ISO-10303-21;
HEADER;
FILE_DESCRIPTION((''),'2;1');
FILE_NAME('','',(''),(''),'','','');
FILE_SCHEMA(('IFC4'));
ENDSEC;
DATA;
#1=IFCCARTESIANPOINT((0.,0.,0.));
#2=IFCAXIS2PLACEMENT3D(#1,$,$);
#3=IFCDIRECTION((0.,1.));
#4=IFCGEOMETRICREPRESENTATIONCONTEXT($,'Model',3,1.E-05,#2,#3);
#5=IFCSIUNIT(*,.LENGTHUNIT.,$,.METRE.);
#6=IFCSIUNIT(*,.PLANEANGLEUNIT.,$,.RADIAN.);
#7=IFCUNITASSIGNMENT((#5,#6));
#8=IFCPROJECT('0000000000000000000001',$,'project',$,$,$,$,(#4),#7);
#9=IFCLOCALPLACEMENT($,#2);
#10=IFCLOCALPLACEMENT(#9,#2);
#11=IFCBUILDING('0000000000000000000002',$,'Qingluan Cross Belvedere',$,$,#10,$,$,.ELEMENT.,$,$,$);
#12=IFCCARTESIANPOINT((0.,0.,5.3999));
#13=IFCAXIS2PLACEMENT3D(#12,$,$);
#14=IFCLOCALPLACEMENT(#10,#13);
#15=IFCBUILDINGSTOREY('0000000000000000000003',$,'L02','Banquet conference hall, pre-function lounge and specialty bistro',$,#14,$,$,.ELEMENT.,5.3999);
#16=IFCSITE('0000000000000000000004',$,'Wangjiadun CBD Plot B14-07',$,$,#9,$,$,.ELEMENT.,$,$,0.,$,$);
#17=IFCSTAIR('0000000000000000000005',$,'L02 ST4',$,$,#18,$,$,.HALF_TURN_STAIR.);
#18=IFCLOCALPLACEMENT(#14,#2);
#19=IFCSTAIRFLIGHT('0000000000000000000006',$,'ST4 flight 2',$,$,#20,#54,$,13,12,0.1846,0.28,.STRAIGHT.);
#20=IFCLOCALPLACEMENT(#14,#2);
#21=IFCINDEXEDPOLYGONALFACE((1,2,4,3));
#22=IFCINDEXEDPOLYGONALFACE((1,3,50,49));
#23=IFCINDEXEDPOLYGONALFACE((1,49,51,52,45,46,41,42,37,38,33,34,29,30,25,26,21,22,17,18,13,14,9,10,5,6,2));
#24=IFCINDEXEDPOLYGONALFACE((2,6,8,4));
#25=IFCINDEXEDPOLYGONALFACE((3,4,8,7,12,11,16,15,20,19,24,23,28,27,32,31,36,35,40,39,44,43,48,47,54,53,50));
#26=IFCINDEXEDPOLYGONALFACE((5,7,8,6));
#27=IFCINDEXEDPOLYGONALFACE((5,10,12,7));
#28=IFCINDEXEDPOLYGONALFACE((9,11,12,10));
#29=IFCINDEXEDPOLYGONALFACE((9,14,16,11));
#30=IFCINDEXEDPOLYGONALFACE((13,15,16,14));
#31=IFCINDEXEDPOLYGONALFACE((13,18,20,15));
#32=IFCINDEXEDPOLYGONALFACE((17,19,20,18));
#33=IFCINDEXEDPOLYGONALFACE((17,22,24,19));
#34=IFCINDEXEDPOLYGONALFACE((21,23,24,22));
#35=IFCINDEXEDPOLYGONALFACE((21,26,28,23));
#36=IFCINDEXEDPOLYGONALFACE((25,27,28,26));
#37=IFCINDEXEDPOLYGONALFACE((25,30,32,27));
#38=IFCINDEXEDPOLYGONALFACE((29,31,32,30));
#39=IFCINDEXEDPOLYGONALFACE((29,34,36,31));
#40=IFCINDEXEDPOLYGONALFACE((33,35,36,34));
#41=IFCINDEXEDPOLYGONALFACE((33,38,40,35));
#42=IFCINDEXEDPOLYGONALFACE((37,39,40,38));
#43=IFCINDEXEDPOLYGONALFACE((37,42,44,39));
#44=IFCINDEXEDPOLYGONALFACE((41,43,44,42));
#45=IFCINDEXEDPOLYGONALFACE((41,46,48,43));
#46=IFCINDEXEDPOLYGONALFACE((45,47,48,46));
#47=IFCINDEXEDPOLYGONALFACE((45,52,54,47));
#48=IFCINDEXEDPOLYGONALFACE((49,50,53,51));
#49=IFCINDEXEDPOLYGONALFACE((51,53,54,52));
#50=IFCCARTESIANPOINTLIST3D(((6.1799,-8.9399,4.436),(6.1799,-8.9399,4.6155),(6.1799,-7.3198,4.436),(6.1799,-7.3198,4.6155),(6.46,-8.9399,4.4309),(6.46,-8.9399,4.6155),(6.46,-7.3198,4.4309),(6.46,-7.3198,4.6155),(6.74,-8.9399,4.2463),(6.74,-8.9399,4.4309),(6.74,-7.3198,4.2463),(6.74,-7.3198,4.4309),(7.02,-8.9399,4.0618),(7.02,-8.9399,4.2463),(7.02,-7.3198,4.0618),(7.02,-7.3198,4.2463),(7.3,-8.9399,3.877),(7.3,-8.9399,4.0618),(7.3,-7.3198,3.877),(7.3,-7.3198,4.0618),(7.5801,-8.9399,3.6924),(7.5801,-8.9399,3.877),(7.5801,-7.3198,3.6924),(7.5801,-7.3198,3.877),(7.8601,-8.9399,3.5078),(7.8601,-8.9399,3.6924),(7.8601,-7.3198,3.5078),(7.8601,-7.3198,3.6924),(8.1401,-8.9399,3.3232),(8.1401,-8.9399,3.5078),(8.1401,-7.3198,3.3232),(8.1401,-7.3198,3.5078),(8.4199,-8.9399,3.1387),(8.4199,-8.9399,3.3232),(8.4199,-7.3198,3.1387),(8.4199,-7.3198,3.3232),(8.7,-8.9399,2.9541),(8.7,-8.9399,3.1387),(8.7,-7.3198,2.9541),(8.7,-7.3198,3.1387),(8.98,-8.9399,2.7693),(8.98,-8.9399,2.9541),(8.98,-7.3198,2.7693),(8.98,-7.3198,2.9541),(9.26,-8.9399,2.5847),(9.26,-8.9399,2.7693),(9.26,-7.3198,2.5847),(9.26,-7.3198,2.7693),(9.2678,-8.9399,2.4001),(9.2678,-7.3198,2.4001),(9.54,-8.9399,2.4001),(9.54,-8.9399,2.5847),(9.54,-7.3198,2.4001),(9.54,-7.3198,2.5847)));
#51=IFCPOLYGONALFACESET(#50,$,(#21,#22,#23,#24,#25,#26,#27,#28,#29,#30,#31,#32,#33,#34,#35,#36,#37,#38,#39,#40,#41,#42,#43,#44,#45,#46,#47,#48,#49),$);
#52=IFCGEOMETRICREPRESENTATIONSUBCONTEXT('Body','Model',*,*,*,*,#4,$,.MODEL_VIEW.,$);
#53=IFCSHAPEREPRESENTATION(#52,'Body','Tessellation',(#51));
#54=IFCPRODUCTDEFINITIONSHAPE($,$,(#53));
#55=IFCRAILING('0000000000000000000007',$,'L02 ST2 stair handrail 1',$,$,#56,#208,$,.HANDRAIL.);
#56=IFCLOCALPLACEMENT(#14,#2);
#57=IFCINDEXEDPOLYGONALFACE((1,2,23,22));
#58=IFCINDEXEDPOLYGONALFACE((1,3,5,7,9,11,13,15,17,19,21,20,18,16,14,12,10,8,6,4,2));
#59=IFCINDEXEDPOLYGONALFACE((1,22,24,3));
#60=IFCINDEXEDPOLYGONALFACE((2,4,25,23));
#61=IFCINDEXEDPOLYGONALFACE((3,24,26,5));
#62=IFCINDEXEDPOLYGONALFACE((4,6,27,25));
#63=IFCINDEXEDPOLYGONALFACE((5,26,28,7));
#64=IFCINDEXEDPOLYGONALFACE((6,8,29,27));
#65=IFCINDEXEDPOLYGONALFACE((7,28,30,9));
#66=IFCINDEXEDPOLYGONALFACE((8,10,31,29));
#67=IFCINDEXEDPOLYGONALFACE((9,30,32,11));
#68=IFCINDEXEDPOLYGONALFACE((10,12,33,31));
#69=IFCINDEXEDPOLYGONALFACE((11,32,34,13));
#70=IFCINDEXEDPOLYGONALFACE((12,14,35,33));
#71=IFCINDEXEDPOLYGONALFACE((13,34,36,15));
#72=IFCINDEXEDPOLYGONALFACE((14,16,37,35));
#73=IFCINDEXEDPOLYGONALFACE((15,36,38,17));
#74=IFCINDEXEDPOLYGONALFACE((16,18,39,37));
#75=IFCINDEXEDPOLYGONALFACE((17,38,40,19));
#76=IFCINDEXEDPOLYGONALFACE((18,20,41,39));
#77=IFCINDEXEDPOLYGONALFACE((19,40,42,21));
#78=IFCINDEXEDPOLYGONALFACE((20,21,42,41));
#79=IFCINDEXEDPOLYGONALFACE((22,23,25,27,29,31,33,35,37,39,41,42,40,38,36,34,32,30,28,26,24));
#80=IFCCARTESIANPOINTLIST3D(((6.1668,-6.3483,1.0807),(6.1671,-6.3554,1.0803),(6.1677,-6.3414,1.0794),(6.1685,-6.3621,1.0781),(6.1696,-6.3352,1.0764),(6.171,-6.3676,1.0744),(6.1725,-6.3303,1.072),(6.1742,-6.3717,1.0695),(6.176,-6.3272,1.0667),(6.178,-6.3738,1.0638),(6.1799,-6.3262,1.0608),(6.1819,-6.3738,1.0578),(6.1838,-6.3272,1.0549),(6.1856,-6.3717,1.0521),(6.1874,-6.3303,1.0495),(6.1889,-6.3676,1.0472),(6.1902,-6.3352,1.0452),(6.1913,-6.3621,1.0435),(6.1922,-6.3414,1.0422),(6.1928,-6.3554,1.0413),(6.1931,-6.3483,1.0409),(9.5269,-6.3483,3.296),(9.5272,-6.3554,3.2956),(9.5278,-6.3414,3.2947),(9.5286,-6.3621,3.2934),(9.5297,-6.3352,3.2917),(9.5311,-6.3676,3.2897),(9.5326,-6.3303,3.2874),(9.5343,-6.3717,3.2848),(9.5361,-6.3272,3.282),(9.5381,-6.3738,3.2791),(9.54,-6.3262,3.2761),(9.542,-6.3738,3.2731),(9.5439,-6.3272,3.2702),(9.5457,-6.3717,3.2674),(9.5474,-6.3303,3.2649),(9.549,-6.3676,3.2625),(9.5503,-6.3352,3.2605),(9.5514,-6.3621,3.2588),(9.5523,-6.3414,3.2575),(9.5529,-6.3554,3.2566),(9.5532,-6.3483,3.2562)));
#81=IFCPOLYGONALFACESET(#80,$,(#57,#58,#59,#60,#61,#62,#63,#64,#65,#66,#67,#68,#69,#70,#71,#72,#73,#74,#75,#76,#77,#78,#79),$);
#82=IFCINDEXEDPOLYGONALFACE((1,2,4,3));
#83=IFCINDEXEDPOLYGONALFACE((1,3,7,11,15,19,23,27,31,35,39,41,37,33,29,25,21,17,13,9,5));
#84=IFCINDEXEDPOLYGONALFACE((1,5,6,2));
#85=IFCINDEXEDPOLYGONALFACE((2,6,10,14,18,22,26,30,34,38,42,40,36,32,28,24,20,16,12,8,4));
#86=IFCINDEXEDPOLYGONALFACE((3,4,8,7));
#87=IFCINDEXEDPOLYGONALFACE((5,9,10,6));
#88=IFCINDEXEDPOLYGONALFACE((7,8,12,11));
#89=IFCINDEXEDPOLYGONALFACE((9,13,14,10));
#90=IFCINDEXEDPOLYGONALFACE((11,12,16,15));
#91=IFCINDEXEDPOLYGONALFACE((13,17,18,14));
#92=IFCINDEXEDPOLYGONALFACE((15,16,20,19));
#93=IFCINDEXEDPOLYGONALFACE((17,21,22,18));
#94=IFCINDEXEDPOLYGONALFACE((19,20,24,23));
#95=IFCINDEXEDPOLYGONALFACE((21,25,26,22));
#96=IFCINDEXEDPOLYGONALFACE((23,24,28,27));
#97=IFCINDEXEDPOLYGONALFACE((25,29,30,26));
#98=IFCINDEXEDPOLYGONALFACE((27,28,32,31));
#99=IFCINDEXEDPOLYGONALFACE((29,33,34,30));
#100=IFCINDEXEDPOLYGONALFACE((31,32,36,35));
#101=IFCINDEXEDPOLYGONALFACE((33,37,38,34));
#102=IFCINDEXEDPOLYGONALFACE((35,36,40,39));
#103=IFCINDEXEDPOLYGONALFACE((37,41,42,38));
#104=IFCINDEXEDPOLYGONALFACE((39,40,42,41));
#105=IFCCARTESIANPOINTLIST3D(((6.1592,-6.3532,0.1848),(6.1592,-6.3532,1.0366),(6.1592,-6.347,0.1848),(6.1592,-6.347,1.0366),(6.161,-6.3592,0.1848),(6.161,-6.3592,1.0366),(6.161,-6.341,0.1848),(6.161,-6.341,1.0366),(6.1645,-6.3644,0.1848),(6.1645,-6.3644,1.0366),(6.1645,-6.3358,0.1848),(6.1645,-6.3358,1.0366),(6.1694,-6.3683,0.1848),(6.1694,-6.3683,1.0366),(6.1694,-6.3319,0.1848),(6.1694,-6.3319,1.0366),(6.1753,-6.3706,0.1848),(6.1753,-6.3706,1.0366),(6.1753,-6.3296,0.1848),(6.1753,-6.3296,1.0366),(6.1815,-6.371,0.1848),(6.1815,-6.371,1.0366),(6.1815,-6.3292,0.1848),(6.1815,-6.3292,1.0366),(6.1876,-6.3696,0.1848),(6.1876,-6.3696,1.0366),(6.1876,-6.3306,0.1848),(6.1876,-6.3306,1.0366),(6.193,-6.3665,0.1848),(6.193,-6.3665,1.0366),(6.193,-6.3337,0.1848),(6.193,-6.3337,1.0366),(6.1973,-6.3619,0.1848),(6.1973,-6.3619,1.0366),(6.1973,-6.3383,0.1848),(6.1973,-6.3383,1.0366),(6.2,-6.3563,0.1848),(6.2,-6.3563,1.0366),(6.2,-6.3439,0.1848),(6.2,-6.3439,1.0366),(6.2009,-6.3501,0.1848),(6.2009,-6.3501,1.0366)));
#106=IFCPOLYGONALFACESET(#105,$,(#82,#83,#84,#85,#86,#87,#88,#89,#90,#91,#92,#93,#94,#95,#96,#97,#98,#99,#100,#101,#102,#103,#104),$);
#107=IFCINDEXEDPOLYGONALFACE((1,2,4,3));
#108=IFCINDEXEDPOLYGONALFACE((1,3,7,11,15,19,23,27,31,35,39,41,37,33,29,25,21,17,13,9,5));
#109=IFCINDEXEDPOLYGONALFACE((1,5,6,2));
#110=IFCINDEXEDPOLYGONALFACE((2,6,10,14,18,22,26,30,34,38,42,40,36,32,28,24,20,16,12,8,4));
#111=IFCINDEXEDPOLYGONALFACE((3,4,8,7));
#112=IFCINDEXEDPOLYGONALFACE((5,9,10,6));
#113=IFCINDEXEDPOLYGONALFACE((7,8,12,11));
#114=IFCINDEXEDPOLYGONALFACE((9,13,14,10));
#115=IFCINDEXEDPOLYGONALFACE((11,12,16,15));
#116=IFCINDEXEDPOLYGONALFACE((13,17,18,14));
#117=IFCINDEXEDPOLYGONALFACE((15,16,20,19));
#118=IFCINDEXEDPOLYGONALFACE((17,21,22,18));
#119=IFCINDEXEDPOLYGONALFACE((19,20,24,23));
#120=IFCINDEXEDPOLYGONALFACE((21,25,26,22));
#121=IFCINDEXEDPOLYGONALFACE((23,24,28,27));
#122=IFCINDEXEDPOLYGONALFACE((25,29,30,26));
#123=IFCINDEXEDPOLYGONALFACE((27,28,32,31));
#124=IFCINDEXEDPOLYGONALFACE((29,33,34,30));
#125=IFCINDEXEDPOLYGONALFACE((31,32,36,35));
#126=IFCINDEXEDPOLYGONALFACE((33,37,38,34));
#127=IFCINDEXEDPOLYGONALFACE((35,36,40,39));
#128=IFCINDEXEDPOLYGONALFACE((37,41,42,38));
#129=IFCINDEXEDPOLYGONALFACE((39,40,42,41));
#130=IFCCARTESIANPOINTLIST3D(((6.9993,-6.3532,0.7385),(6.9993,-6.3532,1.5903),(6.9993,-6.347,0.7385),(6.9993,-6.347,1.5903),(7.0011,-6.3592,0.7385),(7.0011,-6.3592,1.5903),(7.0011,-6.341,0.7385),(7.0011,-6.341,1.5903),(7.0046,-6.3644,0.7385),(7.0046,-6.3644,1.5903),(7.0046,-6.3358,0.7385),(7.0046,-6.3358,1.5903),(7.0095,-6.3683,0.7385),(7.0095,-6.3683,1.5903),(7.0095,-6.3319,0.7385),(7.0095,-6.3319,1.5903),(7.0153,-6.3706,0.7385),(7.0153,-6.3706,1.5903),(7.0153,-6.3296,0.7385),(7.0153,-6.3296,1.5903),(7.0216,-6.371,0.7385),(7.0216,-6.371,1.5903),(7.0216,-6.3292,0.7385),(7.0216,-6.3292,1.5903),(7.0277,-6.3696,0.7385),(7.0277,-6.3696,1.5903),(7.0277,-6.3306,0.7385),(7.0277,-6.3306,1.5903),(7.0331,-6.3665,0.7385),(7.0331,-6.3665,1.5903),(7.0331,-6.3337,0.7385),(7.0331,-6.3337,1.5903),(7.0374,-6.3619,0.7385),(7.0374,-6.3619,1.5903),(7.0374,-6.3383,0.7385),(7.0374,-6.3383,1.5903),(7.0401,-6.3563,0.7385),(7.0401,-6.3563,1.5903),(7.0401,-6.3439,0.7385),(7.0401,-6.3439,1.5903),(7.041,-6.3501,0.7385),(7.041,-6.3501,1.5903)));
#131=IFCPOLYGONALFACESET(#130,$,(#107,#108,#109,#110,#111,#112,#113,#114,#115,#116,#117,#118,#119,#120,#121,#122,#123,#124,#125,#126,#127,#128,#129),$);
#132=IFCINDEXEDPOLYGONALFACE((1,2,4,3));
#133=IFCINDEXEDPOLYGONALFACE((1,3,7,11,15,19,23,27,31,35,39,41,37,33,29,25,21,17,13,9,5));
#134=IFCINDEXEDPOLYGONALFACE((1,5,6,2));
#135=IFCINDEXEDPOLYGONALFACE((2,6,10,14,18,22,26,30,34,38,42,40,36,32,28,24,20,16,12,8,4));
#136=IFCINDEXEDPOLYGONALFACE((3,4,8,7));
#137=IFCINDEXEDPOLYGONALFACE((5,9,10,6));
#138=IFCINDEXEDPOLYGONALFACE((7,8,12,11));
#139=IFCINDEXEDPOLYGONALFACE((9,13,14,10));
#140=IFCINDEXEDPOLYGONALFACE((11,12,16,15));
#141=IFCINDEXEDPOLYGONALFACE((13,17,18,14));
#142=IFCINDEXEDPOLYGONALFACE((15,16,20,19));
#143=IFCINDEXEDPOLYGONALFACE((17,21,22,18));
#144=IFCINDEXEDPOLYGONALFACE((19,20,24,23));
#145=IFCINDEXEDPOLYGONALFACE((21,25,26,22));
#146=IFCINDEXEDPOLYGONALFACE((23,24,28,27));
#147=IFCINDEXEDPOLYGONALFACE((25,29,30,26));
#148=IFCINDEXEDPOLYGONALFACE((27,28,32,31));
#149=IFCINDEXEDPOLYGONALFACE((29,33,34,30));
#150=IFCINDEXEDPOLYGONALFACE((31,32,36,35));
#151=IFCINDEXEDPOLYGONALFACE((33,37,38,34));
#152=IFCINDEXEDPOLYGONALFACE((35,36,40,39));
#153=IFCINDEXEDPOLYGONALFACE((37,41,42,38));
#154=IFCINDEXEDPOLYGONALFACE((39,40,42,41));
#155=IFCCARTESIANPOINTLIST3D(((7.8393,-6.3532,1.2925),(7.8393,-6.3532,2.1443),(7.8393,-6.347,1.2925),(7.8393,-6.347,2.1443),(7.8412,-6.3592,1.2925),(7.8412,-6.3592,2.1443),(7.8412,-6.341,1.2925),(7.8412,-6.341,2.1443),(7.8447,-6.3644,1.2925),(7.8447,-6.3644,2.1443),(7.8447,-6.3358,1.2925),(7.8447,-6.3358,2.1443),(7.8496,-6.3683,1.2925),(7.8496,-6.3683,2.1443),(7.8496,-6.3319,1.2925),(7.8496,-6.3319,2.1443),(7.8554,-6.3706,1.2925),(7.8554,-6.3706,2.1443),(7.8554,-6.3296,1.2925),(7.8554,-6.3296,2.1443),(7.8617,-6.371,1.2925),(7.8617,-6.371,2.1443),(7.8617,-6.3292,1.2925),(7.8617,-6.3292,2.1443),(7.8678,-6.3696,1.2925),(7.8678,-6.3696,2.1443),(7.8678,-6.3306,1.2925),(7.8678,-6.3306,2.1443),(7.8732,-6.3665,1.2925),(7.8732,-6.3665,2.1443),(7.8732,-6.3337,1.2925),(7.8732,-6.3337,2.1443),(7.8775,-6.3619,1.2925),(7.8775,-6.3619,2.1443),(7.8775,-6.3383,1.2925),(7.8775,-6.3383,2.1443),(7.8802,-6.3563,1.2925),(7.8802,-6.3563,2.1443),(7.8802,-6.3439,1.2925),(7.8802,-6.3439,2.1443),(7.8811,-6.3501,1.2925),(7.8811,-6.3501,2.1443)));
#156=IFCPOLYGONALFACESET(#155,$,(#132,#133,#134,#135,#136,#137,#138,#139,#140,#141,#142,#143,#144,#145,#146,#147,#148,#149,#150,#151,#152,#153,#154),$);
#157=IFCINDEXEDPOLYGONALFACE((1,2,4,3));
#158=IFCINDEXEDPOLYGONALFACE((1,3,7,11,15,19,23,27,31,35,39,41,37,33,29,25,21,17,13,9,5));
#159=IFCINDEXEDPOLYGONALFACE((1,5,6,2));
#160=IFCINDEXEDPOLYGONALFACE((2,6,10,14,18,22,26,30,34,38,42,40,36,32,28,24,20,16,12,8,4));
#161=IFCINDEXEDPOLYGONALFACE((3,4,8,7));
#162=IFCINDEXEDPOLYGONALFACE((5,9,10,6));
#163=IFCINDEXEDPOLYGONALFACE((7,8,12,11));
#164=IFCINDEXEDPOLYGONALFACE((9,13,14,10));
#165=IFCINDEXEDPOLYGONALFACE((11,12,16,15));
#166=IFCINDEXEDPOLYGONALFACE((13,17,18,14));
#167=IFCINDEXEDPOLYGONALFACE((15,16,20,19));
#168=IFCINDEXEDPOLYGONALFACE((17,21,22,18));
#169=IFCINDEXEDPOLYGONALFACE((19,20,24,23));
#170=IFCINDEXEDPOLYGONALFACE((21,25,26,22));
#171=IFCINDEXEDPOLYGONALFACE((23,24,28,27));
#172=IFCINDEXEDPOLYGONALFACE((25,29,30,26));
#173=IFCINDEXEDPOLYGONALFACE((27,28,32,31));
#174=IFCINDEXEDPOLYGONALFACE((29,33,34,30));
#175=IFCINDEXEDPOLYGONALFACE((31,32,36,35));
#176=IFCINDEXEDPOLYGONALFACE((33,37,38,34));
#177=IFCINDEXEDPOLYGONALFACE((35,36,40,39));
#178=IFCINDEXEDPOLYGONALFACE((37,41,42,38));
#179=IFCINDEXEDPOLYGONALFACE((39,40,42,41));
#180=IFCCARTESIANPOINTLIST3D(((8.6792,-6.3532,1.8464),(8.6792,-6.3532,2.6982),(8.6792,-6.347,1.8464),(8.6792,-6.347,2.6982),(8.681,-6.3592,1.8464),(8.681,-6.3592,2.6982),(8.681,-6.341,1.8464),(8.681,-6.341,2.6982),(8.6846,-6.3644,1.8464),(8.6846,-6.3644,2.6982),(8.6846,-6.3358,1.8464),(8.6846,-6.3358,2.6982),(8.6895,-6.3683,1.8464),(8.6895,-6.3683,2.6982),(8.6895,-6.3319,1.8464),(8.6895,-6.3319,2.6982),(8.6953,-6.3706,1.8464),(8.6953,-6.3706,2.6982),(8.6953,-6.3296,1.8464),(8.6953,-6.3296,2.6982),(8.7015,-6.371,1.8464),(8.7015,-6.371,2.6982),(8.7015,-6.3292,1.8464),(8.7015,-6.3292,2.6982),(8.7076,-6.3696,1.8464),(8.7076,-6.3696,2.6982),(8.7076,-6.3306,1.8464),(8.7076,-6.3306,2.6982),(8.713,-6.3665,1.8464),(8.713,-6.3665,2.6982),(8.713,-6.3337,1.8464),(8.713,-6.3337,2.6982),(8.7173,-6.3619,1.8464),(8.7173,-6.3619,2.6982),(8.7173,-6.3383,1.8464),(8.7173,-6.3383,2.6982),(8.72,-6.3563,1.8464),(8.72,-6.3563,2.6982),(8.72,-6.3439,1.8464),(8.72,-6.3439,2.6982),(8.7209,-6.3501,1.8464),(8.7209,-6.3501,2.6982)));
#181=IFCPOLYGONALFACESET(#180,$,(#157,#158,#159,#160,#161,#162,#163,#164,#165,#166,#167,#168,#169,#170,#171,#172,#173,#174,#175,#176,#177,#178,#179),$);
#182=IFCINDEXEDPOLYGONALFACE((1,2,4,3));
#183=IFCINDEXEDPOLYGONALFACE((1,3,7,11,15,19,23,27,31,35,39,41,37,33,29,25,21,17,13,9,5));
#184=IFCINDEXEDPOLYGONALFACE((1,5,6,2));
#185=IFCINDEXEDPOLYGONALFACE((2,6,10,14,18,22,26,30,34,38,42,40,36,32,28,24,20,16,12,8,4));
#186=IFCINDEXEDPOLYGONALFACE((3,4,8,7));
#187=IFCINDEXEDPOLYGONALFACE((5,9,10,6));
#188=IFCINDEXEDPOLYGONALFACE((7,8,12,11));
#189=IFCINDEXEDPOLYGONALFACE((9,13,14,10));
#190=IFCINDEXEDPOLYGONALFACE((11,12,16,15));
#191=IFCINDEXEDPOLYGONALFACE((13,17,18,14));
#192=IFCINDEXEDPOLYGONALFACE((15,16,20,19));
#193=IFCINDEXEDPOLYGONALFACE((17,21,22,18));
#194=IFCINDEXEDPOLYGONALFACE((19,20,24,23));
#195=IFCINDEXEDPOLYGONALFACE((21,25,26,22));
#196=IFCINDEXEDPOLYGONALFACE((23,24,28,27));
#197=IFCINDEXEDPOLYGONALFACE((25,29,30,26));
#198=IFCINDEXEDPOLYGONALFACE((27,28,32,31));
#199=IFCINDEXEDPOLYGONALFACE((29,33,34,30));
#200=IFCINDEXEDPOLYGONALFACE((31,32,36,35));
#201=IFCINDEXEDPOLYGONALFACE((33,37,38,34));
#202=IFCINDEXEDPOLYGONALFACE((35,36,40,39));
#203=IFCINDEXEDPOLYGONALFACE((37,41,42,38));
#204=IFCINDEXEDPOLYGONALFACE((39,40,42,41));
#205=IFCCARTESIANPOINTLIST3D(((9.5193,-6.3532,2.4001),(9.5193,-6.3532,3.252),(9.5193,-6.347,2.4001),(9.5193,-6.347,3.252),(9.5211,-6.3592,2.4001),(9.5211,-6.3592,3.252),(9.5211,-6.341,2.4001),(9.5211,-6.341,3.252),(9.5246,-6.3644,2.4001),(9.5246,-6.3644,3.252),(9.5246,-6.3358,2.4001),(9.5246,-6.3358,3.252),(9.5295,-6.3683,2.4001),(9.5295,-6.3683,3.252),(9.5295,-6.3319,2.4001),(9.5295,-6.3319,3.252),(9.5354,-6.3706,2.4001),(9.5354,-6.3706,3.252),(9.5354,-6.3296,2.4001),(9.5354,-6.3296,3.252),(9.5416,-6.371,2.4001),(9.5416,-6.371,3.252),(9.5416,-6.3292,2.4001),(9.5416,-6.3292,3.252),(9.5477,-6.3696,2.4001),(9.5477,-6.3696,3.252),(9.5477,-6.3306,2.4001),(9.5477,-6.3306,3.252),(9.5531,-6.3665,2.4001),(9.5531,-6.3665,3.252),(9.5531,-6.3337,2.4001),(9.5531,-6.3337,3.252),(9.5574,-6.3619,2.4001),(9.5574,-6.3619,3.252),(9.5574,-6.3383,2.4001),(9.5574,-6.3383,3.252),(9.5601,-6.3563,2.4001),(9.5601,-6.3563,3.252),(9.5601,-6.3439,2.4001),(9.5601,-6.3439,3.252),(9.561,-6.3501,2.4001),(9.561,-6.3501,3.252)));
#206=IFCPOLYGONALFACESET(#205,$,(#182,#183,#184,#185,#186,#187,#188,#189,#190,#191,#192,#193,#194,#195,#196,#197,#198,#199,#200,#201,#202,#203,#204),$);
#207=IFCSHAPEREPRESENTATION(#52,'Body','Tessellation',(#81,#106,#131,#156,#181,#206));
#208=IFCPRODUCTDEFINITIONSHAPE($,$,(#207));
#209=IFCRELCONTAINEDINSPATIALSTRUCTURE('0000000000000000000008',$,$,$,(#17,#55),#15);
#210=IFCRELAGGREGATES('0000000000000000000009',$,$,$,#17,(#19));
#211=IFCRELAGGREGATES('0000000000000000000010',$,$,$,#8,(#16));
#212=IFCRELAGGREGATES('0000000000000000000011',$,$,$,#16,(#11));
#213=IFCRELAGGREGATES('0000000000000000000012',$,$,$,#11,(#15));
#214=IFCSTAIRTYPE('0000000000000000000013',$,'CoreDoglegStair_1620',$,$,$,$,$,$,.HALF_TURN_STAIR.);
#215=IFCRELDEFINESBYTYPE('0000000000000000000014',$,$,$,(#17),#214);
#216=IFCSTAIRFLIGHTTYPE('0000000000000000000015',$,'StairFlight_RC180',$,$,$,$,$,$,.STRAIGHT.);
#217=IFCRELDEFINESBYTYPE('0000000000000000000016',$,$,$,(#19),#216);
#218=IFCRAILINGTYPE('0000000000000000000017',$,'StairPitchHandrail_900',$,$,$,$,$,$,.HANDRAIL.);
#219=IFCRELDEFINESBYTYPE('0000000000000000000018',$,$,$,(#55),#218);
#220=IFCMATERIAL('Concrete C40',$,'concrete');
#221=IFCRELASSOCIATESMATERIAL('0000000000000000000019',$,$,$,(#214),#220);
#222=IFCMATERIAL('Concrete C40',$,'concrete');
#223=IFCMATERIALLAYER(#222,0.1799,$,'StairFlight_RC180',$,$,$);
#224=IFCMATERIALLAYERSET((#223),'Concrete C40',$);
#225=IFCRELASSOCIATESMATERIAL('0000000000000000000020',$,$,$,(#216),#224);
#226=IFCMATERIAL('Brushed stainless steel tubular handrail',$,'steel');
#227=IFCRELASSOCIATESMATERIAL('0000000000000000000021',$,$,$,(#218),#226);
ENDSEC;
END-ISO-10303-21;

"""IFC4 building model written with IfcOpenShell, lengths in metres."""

from ifc_helpers import new_model, si_unit, direction, frame, origin, origin_2d, place, context, subcontext, project, spatial, polyline, circle, outline, extrude, material, layer, layer_set, type_object, element, aggregate, save


model = new_model("IFC4")

# Units and contexts
model_context = context("Model", 3, precision=1e-05, world=origin(), true_north=direction((0.0, 1.0)))
body_context = subcontext(model_context, "Body", "Model", "MODEL_VIEW")
ifc_project = project(units=[si_unit("LENGTHUNIT", "METRE"), si_unit("PLANEANGLEUNIT", "RADIAN")], contexts=[model_context])

# Site, building, storey
site_placement = place(None, origin())
site = spatial("IfcSite", under=ifc_project, at=site_placement, Name="Wangjiadun CBD Plot B14-07", CompositionType="ELEMENT", RefElevation=0.0)
building_placement = place(site_placement, origin())
building = spatial("IfcBuilding", under=site, at=building_placement, Name="Qingluan Cross Belvedere", CompositionType="ELEMENT")
storey_placement = place(building_placement, frame((0.0, 0.0, 5.3999)))
storey = spatial("IfcBuildingStorey", under=building, at=storey_placement, Name="L02", Description="Banquet conference hall, pre-function lounge and specialty bistro", CompositionType="ELEMENT", Elevation=5.3999)

# Shared definitions
ifc_material_1 = material(Name="Concrete C40", Category="concrete")
stair_type = type_object("IfcStairType", Name="CoreDoglegStair_1620", PredefinedType="HALF_TURN_STAIR", material=ifc_material_1)
ifc_material_2 = material(Name="Concrete C40", Category="concrete")
ifc_layer_1 = layer(ifc_material_2, 0.1799, Name="StairFlight_RC180")
ifc_layer_set_1 = layer_set([ifc_layer_1], Name="Concrete C40")
stair_flight_type = type_object("IfcStairFlightType", Name="StairFlight_RC180", PredefinedType="STRAIGHT", material=ifc_layer_set_1)

# Stair, stair flight
stair_1_placement = place(storey_placement, origin())
stair_1 = element("IfcStair", 1, at=stair_1_placement, inside=storey, type_object=stair_type, Name="L02 ST4", PredefinedType="HALF_TURN_STAIR")
stair_flight_1_placement = place(storey_placement, frame((9.54, -8.1299, 2.4001), z_axis=(0.0, 0.0, 1.0), x_axis=(-1.0, 0.0, 0.0)))
stair_flight_1 = element("IfcStairFlight", 2, at=stair_flight_1_placement, type_object=stair_flight_type, Name="ST4 flight 2", NumberOfRisers=13, NumberOfTreads=12, PredefinedType="STRAIGHT", RiserHeight=0.1846, TreadLength=0.28, context=body_context, shape_type="SweptSolid", body=[
    extrude(outline(polyline([(0.0, 0.0), (0.0, 0.1846), (0.28, 0.1846), (0.28, 0.3691), (0.5601, 0.3691), (0.5601, 0.554), (0.8401, 0.554), (0.8401, 0.7385), (1.1201, 0.7385), (1.1201, 0.9231), (1.3999, 0.9231), (1.3999, 1.1077), (1.6799, 1.1077), (1.6799, 1.2922), (1.96, 1.2922), (1.96, 1.4768), (2.24, 1.4768), (2.24, 1.6616), (2.52, 1.6616), (2.52, 1.8462), (2.8, 1.8462), (2.8, 2.0308), (3.0801, 2.0308), (3.0801, 2.2153), (3.3601, 2.2153), (3.3601, 2.3999), (3.3601, 2.0359), (0.2722, 0.0), (0.0, 0.0)])), frame((0.0, 0.8101, 0.0), z_axis=(0.0, -1.0, 0.0), x_axis=(1.0, 0.0, 0.0)), (0.0, 0.0, 1.0), 1.6201),
])
aggregate(stair_1, [stair_flight_1])

# Railing
ifc_material_3 = material(Name="Brushed stainless steel tubular handrail", Category="steel")
railing_type_1 = type_object("IfcRailingType", Name="StairPitchHandrail_900", PredefinedType="HANDRAIL", material=ifc_material_3)
railing_1_placement = place(storey_placement, frame((6.1799, -6.3501, 0.1848)))
element("IfcRailing", 3, at=railing_1_placement, inside=storey, type_object=railing_type_1, Name="L02 ST2 stair handrail 1", PredefinedType="HANDRAIL", context=body_context, shape_type="SweptSolid", body=[
    extrude(circle(Radius=0.0239, at=origin_2d()), frame((0.0, 0.0, 0.876), z_axis=(0.834876, 0.0, 0.550437), x_axis=(0.0, 1.0, 0.0)), (0.0, 0.0, 1.0), 4.0247),
    extrude(circle(Radius=0.021, at=origin_2d()), origin(), (0.0, 0.0, 1.0), 0.8518),
    extrude(circle(Radius=0.021, at=origin_2d()), frame((0.8401, 0.0, 0.5537)), (0.0, 0.0, 1.0), 0.8518),
    extrude(circle(Radius=0.021, at=origin_2d()), frame((1.6802, 0.0, 1.1077)), (0.0, 0.0, 1.0), 0.8518),
    extrude(circle(Radius=0.021, at=origin_2d()), frame((2.52, 0.0, 1.6616)), (0.0, 0.0, 1.0), 0.8518),
    extrude(circle(Radius=0.021, at=origin_2d()), frame((3.3601, 0.0, 2.2153)), (0.0, 0.0, 1.0), 0.8518),
])

save(model, "model.ifc")
